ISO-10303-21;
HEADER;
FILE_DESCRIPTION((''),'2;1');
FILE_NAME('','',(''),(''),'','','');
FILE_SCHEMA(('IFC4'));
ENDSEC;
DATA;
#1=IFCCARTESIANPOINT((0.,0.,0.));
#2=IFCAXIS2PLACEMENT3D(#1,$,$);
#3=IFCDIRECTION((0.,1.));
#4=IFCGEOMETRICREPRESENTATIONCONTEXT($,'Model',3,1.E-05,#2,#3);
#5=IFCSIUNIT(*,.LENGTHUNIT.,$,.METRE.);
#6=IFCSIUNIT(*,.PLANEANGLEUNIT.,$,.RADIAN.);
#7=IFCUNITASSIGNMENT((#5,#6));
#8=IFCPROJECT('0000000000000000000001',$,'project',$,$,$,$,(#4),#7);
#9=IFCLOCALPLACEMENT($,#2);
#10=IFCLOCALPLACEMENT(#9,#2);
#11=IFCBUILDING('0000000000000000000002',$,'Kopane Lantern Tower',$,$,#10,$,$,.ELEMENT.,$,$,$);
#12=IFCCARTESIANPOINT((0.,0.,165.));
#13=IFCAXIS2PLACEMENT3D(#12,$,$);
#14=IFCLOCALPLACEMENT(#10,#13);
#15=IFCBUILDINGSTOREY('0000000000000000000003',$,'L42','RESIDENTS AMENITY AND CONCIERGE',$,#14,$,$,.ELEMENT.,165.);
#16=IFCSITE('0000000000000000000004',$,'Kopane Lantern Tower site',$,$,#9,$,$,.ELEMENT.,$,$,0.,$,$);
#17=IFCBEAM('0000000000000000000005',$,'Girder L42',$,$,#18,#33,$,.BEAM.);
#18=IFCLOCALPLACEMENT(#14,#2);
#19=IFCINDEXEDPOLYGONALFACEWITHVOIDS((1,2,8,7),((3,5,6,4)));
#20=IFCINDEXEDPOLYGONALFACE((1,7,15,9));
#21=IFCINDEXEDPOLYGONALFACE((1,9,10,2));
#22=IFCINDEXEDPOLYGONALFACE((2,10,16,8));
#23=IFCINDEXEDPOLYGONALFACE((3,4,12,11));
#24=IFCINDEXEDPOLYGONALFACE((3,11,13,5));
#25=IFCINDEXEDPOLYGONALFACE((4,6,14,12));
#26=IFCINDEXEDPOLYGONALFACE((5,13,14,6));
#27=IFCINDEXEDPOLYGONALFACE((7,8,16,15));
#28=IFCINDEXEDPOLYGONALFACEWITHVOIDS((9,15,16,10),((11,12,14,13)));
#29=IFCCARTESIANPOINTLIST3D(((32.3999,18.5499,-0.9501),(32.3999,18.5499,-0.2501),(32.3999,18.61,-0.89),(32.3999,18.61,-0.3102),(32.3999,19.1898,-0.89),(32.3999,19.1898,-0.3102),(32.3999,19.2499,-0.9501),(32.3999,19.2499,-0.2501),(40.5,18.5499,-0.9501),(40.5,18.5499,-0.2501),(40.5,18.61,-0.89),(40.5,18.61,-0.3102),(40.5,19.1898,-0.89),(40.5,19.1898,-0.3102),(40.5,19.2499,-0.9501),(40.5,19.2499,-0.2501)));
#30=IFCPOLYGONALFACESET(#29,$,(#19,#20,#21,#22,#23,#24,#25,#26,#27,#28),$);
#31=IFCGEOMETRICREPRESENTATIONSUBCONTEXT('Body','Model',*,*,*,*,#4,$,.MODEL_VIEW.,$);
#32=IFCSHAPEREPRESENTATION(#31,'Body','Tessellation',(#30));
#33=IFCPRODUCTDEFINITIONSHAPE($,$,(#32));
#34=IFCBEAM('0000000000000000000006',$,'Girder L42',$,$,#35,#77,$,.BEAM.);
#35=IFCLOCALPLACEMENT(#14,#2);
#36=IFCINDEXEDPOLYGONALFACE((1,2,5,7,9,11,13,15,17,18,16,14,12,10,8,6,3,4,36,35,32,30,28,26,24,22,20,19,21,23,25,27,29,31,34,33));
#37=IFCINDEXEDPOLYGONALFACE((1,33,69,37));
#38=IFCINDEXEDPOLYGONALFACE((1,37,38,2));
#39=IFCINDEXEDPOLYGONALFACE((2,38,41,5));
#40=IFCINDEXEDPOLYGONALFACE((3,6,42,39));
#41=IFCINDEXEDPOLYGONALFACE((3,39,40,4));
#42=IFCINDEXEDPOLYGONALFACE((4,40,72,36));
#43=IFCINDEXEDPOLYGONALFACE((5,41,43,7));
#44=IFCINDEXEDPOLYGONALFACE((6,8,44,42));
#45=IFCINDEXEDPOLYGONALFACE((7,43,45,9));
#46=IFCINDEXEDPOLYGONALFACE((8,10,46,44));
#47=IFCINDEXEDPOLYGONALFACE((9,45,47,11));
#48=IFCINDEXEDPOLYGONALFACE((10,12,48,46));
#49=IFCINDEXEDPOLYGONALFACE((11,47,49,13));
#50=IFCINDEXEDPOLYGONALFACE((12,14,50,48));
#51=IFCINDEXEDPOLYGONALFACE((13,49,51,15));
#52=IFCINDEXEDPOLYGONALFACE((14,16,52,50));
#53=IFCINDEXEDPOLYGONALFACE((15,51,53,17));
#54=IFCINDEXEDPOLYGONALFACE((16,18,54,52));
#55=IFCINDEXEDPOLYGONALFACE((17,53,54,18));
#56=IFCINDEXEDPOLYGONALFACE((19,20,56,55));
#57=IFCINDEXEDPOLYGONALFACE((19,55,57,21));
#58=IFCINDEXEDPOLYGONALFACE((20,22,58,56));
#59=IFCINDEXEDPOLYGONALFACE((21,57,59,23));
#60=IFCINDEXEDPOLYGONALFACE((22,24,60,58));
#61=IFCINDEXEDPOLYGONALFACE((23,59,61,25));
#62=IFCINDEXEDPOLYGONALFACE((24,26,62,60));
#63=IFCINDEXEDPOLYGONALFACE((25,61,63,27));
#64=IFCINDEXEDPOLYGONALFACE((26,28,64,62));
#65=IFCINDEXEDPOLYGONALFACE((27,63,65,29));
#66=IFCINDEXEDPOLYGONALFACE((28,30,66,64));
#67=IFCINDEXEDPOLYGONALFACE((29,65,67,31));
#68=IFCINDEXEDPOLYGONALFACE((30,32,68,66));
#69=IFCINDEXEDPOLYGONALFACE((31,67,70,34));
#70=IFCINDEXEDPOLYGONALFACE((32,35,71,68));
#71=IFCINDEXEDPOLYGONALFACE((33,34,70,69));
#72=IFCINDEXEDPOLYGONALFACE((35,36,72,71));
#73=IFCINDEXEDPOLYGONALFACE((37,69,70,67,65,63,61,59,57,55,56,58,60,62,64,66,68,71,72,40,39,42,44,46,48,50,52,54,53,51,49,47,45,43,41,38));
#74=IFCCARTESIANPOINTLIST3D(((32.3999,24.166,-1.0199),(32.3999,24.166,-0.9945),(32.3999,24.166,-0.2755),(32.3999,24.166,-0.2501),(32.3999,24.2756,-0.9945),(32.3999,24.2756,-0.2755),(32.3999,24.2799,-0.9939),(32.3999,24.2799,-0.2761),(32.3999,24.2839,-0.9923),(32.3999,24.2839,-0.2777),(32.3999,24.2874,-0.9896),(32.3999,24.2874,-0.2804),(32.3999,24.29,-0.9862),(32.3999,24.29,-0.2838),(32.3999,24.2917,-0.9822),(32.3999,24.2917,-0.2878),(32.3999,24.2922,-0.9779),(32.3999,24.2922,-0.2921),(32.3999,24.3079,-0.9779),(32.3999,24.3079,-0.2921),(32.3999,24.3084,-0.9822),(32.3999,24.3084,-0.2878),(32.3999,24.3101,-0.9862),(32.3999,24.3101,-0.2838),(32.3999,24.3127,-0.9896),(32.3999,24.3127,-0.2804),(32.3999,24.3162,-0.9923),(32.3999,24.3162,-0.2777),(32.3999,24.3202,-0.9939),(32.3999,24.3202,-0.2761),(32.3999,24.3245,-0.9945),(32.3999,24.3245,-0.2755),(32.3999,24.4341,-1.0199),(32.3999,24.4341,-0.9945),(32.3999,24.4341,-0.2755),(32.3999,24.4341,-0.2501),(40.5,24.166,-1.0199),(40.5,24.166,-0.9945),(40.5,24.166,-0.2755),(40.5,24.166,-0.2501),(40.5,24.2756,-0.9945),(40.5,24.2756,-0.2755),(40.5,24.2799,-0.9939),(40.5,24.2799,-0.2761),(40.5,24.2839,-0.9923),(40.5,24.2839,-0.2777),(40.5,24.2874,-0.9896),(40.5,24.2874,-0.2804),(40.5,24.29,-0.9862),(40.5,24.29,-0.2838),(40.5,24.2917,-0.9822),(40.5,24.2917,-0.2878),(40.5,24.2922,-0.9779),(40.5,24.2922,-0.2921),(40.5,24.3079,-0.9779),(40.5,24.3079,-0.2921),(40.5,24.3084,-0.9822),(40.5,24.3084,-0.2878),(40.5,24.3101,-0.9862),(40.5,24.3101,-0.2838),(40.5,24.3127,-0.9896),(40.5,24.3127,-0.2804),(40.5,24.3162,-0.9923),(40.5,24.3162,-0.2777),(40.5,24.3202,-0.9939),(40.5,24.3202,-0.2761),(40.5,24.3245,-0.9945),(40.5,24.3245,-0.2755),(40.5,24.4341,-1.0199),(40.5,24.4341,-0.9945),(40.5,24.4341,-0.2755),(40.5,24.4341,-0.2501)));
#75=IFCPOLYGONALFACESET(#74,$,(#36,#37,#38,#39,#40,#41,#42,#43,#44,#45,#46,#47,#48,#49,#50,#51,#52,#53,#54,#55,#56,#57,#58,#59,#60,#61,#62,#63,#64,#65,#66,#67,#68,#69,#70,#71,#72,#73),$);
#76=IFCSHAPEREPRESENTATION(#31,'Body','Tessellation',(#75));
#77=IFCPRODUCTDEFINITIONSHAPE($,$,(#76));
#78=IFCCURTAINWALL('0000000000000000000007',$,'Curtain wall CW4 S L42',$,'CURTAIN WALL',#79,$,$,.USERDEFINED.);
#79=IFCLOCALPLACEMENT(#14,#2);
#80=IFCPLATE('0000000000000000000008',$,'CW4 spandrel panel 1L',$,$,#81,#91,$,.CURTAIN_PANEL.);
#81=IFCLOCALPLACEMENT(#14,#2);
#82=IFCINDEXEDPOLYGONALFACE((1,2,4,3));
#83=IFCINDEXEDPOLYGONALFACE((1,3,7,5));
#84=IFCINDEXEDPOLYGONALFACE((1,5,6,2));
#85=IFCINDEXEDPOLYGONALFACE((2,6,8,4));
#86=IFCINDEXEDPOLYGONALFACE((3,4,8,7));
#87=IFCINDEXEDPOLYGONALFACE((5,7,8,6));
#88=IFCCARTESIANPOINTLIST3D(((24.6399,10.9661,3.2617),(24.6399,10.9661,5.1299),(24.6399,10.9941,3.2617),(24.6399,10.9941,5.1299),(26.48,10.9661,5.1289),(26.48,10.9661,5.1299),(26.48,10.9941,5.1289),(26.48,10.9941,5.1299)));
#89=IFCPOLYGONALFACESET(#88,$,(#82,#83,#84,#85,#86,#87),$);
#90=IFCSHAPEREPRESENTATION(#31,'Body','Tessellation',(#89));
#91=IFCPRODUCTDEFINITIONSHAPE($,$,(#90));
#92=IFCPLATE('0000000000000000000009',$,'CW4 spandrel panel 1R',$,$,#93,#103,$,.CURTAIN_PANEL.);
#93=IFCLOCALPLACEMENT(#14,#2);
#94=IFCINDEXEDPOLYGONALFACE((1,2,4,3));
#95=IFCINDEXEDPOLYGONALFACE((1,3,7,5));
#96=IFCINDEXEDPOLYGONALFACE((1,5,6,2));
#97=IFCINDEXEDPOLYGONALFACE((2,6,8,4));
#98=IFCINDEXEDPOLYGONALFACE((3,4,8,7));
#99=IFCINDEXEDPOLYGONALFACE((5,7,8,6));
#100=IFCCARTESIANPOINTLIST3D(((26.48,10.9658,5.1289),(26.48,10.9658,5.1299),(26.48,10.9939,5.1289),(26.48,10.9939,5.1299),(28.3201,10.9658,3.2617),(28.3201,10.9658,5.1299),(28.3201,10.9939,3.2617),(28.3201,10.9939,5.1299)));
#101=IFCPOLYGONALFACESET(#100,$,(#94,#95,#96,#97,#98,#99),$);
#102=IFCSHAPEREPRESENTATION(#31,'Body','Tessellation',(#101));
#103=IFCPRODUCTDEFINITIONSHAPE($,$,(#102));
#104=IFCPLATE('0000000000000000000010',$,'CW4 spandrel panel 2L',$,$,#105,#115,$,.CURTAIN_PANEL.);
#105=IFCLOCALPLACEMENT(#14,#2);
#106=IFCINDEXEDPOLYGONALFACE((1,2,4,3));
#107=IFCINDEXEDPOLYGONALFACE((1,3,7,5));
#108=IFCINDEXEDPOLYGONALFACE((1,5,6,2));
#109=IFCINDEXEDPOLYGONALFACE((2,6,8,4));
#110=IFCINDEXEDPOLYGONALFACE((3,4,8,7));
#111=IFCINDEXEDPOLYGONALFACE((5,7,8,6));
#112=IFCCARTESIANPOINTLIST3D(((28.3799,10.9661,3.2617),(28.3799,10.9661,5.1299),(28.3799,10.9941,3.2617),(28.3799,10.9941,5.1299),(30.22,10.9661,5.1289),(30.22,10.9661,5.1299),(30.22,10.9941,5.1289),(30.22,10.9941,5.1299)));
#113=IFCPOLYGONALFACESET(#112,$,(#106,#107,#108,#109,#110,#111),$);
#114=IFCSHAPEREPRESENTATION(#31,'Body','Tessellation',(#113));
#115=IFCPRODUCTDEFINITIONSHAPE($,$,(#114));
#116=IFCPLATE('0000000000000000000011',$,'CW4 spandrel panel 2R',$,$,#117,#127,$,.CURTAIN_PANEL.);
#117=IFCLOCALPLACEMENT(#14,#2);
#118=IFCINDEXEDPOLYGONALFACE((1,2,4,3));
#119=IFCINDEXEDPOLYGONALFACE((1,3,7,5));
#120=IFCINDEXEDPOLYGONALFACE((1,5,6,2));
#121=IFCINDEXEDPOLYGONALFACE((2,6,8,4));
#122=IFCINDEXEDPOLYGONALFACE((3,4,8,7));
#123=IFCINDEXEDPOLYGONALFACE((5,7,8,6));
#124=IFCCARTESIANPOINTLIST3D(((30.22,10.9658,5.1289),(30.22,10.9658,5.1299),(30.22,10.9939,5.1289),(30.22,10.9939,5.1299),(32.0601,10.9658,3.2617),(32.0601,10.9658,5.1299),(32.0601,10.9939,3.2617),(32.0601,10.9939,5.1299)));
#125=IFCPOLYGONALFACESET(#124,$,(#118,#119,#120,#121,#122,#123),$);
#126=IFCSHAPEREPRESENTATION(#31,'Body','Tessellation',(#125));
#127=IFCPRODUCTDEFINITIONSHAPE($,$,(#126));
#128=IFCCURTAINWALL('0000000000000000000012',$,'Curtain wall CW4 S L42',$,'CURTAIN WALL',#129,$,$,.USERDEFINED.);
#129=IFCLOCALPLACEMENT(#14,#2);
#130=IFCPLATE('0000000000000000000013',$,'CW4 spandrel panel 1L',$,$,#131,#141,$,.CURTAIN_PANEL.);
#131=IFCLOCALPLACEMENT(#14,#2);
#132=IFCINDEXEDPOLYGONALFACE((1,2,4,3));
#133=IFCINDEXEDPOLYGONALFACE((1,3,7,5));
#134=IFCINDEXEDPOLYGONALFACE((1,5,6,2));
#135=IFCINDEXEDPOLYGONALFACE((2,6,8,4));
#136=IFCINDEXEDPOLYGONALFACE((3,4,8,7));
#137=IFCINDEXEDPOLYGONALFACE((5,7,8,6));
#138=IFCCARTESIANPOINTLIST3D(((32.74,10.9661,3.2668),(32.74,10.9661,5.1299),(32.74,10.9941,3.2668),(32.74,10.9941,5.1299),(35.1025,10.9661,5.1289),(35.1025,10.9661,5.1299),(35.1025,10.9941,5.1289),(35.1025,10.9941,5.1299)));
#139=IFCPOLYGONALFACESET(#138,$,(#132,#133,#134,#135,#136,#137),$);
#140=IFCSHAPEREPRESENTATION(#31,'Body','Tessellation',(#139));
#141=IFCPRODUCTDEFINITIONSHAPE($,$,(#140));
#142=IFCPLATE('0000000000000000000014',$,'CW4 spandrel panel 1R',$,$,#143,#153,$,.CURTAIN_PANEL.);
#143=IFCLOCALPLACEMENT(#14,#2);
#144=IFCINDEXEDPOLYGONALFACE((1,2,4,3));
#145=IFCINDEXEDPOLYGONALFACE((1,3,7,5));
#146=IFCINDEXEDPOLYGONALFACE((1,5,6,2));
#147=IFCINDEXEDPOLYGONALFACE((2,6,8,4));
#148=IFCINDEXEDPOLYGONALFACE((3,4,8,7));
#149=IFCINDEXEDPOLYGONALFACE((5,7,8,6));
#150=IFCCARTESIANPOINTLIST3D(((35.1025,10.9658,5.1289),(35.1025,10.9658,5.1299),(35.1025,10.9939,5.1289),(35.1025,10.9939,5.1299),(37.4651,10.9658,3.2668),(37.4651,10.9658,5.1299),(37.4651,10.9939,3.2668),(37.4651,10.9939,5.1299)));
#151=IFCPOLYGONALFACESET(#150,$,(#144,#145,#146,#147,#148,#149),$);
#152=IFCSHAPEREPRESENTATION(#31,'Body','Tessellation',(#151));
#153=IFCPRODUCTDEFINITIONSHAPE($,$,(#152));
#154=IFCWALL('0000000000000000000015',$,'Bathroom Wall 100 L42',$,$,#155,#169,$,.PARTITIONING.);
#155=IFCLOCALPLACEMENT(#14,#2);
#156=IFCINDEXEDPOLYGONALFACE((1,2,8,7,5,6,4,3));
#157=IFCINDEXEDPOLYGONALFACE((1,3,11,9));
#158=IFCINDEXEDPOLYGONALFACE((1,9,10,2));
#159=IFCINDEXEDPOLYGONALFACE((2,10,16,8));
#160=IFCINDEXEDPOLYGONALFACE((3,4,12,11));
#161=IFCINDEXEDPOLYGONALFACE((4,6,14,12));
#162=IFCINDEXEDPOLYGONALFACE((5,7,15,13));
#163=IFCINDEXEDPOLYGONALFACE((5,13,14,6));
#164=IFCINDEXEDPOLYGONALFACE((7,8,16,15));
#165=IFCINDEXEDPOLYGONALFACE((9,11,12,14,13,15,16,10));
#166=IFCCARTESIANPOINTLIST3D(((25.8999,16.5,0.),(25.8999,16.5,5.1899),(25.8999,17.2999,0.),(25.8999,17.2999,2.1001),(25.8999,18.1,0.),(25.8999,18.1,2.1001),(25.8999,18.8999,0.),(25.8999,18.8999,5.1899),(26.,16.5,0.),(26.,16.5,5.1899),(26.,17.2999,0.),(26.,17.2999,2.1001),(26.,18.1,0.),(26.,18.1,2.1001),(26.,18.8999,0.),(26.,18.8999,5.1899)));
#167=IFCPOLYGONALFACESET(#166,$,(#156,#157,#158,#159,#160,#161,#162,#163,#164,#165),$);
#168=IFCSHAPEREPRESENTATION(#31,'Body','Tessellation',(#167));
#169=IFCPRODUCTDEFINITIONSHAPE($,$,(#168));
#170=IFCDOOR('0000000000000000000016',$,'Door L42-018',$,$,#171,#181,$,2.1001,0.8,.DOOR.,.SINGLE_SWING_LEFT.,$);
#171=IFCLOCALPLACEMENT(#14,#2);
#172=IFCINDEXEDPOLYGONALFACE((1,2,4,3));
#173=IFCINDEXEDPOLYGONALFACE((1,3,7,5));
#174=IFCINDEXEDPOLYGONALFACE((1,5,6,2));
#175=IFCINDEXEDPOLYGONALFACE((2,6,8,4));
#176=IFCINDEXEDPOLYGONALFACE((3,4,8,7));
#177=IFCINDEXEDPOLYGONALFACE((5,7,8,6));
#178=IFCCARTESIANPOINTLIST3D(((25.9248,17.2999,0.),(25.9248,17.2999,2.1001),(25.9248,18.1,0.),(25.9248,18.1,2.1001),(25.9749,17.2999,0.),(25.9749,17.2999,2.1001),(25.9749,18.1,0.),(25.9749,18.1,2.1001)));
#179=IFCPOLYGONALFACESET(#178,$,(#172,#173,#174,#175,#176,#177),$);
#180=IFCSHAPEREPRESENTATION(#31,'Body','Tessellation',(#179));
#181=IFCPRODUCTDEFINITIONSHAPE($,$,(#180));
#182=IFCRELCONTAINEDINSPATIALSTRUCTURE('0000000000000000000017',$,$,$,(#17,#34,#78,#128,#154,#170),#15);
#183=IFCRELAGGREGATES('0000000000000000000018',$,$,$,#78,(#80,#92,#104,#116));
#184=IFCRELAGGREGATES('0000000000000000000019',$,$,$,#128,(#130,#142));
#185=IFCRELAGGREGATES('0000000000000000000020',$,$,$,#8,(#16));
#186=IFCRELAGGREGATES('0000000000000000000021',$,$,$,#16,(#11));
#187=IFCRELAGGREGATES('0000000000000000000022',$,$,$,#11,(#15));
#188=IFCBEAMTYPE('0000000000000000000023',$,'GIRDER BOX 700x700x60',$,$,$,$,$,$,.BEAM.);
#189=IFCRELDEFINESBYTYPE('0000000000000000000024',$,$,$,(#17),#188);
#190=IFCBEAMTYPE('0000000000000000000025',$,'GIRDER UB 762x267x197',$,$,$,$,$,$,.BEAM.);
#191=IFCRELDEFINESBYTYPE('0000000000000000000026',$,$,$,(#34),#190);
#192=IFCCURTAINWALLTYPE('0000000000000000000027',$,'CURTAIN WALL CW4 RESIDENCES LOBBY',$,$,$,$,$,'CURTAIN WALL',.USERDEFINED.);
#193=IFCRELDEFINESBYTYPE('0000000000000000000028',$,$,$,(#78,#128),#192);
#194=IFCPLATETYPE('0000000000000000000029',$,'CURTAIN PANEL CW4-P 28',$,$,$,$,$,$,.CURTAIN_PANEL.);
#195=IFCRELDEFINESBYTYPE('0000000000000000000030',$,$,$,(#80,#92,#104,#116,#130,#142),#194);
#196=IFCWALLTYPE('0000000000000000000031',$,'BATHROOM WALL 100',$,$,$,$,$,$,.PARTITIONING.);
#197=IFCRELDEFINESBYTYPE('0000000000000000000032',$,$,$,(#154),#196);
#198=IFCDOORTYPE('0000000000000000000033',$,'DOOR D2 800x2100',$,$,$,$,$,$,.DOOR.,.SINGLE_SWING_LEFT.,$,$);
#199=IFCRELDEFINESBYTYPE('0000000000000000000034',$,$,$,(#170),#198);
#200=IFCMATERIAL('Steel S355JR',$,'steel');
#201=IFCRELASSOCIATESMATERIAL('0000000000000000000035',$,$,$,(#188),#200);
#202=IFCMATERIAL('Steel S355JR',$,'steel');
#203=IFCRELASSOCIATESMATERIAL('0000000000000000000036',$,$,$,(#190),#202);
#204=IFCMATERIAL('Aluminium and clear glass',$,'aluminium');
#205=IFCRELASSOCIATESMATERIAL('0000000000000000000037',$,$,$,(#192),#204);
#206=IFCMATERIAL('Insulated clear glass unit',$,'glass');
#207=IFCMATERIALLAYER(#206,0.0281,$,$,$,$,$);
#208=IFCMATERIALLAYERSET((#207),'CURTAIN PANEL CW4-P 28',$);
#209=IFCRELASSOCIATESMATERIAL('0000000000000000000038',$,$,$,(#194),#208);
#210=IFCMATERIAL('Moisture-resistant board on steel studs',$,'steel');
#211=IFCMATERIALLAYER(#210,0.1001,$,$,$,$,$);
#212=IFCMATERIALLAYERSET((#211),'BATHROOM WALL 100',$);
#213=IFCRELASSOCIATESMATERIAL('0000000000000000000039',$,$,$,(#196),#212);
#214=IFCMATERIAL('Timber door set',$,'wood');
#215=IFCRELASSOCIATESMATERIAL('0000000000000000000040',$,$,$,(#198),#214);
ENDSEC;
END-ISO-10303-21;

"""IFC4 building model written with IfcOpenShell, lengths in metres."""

from ifc_helpers import new_model, si_unit, direction, frame, frame_2d, origin, origin_2d, place, context, subcontext, project, spatial, polyline, rectangle, hollow_rectangle, i_section, outline, extrude, material, layer, layer_set, material_profile, profile_set, type_object, element, fill, aggregate, save


model = new_model("IFC4")

# Units and contexts
model_context = context("Model", 3, precision=1e-05, world=origin(), true_north=direction((0.0, 1.0)))
body_context = subcontext(model_context, "Body", "Model", "MODEL_VIEW")
ifc_project = project(units=[si_unit("LENGTHUNIT", "METRE"), si_unit("PLANEANGLEUNIT", "RADIAN")], contexts=[model_context])

# Site, building, storey
site_placement = place(None, origin())
site = spatial("IfcSite", under=ifc_project, at=site_placement, Name="Kopane Lantern Tower site", CompositionType="ELEMENT", RefElevation=0.0)
building_placement = place(site_placement, origin())
building = spatial("IfcBuilding", under=site, at=building_placement, Name="Kopane Lantern Tower", CompositionType="ELEMENT")
storey_placement = place(building_placement, frame((0.0, 0.0, 165.0)))
storey = spatial("IfcBuildingStorey", under=building, at=storey_placement, Name="L42", Description="RESIDENTS AMENITY AND CONCIERGE", CompositionType="ELEMENT", Elevation=165.0)

# Beams
ifc_material_1 = material(Name="Steel S355JR", Category="steel")
ifc_material_profile_1 = material_profile(ifc_material_1, hollow_rectangle(XDim=0.7, YDim=0.7, WallThickness=0.0601, at=origin_2d()), Name="BOX 700x700x60")
ifc_profile_set_1 = profile_set([ifc_material_profile_1], Name="Steel S355JR")
beam_type_1 = type_object("IfcBeamType", Name="GIRDER BOX 700x700x60", PredefinedType="BEAM", material=ifc_profile_set_1)
beam_1_placement = place(storey_placement, frame((32.3999, 18.8999, -0.6001), z_axis=(1.0, 0.0, 0.0), x_axis=(0.0, 1.0, 0.0)))
element("IfcBeam", 1, at=beam_1_placement, inside=storey, type_object=beam_type_1, Name="Girder L42", PredefinedType="BEAM", context=body_context, shape_type="SweptSolid", body=[
    extrude(hollow_rectangle(XDim=0.7, YDim=0.7, WallThickness=0.0601, at=origin_2d()), origin(), (0.0, 0.0, 1.0), 8.1001),
])
ifc_material_2 = material(Name="Steel S355JR", Category="steel")
ifc_material_profile_2 = material_profile(ifc_material_2, i_section(OverallWidth=0.2681, OverallDepth=0.7698, WebThickness=0.0156, FlangeThickness=0.0254, FilletRadius=0.0166, at=origin_2d()), Name="UB 762x267x197")
ifc_profile_set_2 = profile_set([ifc_material_profile_2], Name="Steel S355JR")
beam_type_2 = type_object("IfcBeamType", Name="GIRDER UB 762x267x197", PredefinedType="BEAM", material=ifc_profile_set_2)
beam_2_placement = place(storey_placement, frame((32.3999, 24.3, -0.635), z_axis=(1.0, 0.0, 0.0), x_axis=(0.0, 1.0, 0.0)))
element("IfcBeam", 2, at=beam_2_placement, inside=storey, type_object=beam_type_2, Name="Girder L42", PredefinedType="BEAM", context=body_context, shape_type="SweptSolid", body=[
    extrude(i_section(OverallWidth=0.2681, OverallDepth=0.7698, WebThickness=0.0156, FlangeThickness=0.0254, FilletRadius=0.0166, at=origin_2d()), origin(), (0.0, 0.0, 1.0), 8.1001),
])

# Curtain walls, plates
ifc_material_3 = material(Name="Aluminium and clear glass", Category="aluminium")
curtain_wall_type = type_object("IfcCurtainWallType", Name="CURTAIN WALL CW4 RESIDENCES LOBBY", ElementType="CURTAIN WALL", PredefinedType="USERDEFINED", material=ifc_material_3)
curtain_wall_1_placement = place(storey_placement, origin())
curtain_wall_1 = element("IfcCurtainWall", 3, at=curtain_wall_1_placement, inside=storey, type_object=curtain_wall_type, Name="Curtain wall CW4 S L42", ObjectType="CURTAIN WALL", PredefinedType="USERDEFINED")
ifc_material_4 = material(Name="Insulated clear glass unit", Category="glass")
ifc_layer_1 = layer(ifc_material_4, 0.0281)
ifc_layer_set_1 = layer_set([ifc_layer_1], Name="CURTAIN PANEL CW4-P 28")
plate_type = type_object("IfcPlateType", Name="CURTAIN PANEL CW4-P 28", PredefinedType="CURTAIN_PANEL", material=ifc_layer_set_1)
plate_1_placement = place(storey_placement, frame((24.6399, 10.98, 5.1299), z_axis=(0.0, 0.0, 1.0), x_axis=(1.0, 0.0, 0.0)))
plate_1 = element("IfcPlate", 4, at=plate_1_placement, type_object=plate_type, Name="CW4 spandrel panel 1L", PredefinedType="CURTAIN_PANEL", context=body_context, shape_type="SweptSolid", body=[
    extrude(outline(polyline([(0.0, 0.0), (1.8401, 0.0), (1.8401, -0.001), (0.0, -1.8682), (0.0, 0.0)])), frame((0.0, 0.0142, 0.0), z_axis=(0.0, -1.0, 0.0), x_axis=(1.0, 0.0, 0.0)), (0.0, 0.0, 1.0), 0.0281),
])
plate_2_placement = place(storey_placement, frame((28.3201, 10.98, 5.1299), z_axis=(0.0, 0.0, 1.0), x_axis=(-1.0, 0.0, 0.0)))
plate_2 = element("IfcPlate", 5, at=plate_2_placement, type_object=plate_type, Name="CW4 spandrel panel 1R", PredefinedType="CURTAIN_PANEL", context=body_context, shape_type="SweptSolid", body=[
    extrude(outline(polyline([(0.0, 0.0), (1.8401, 0.0), (1.8401, -0.001), (0.0, -1.8682), (0.0, 0.0)])), frame((0.0, 0.0142, 0.0), z_axis=(0.0, -1.0, 0.0), x_axis=(1.0, 0.0, 0.0)), (0.0, 0.0, 1.0), 0.0281),
])
plate_3_placement = place(storey_placement, frame((28.3799, 10.98, 5.1299), z_axis=(0.0, 0.0, 1.0), x_axis=(1.0, 0.0, 0.0)))
plate_3 = element("IfcPlate", 6, at=plate_3_placement, type_object=plate_type, Name="CW4 spandrel panel 2L", PredefinedType="CURTAIN_PANEL", context=body_context, shape_type="SweptSolid", body=[
    extrude(outline(polyline([(0.0, 0.0), (1.8401, 0.0), (1.8401, -0.001), (0.0, -1.8682), (0.0, 0.0)])), frame((0.0, 0.0142, 0.0), z_axis=(0.0, -1.0, 0.0), x_axis=(1.0, 0.0, 0.0)), (0.0, 0.0, 1.0), 0.0281),
])
plate_4_placement = place(storey_placement, frame((32.0601, 10.98, 5.1299), z_axis=(0.0, 0.0, 1.0), x_axis=(-1.0, 0.0, 0.0)))
plate_4 = element("IfcPlate", 7, at=plate_4_placement, type_object=plate_type, Name="CW4 spandrel panel 2R", PredefinedType="CURTAIN_PANEL", context=body_context, shape_type="SweptSolid", body=[
    extrude(outline(polyline([(0.0, 0.0), (1.8401, 0.0), (1.8401, -0.001), (0.0, -1.8682), (0.0, 0.0)])), frame((0.0, 0.0142, 0.0), z_axis=(0.0, -1.0, 0.0), x_axis=(1.0, 0.0, 0.0)), (0.0, 0.0, 1.0), 0.0281),
])
aggregate(curtain_wall_1, [plate_1, plate_2, plate_3, plate_4])
curtain_wall_2_placement = place(storey_placement, origin())
curtain_wall_2 = element("IfcCurtainWall", 8, at=curtain_wall_2_placement, inside=storey, type_object=curtain_wall_type, Name="Curtain wall CW4 S L42", ObjectType="CURTAIN WALL", PredefinedType="USERDEFINED")
plate_5_placement = place(storey_placement, frame((32.74, 10.98, 5.1299), z_axis=(0.0, 0.0, 1.0), x_axis=(1.0, 0.0, 0.0)))
plate_5 = element("IfcPlate", 9, at=plate_5_placement, type_object=plate_type, Name="CW4 spandrel panel 1L", PredefinedType="CURTAIN_PANEL", context=body_context, shape_type="SweptSolid", body=[
    extrude(outline(polyline([(0.0, 0.0), (2.3625, 0.0), (2.3625, -0.001), (0.0, -1.863), (0.0, 0.0)])), frame((0.0, 0.0142, 0.0), z_axis=(0.0, -1.0, 0.0), x_axis=(1.0, 0.0, 0.0)), (0.0, 0.0, 1.0), 0.0281),
])
plate_6_placement = place(storey_placement, frame((37.4651, 10.98, 5.1299), z_axis=(0.0, 0.0, 1.0), x_axis=(-1.0, 0.0, 0.0)))
plate_6 = element("IfcPlate", 10, at=plate_6_placement, type_object=plate_type, Name="CW4 spandrel panel 1R", PredefinedType="CURTAIN_PANEL", context=body_context, shape_type="SweptSolid", body=[
    extrude(outline(polyline([(0.0, 0.0), (2.3625, 0.0), (2.3625, -0.001), (0.0, -1.863), (0.0, 0.0)])), frame((0.0, 0.0142, 0.0), z_axis=(0.0, -1.0, 0.0), x_axis=(1.0, 0.0, 0.0)), (0.0, 0.0, 1.0), 0.0281),
])
aggregate(curtain_wall_2, [plate_5, plate_6])

# Wall, opening, door
ifc_material_5 = material(Name="Moisture-resistant board on steel studs", Category="steel")
ifc_layer_2 = layer(ifc_material_5, 0.1001)
ifc_layer_set_2 = layer_set([ifc_layer_2], Name="BATHROOM WALL 100")
wall_type_1 = type_object("IfcWallType", Name="BATHROOM WALL 100", PredefinedType="PARTITIONING", material=ifc_layer_set_2)
wall_1_placement = place(storey_placement, frame((25.95, 18.8999, 0.0), z_axis=(0.0, 0.0, 1.0), x_axis=(0.0, -1.0, 0.0)))
wall_1 = element("IfcWall", 11, at=wall_1_placement, inside=storey, type_object=wall_type_1, Name="Bathroom Wall 100 L42", PredefinedType="PARTITIONING", context=body_context, shape_type="SweptSolid", body=[
    extrude(rectangle(XDim=2.3999, YDim=0.1001, at=frame_2d((1.2, 0.0))), origin(), (0.0, 0.0, 1.0), 5.1899),
])
opening_1_placement = place(wall_1_placement, frame((0.8, 0.0, 0.0)))
opening_1 = element("IfcOpeningElement", 12, at=opening_1_placement, cuts=wall_1, PredefinedType="OPENING", context=body_context, shape_type="SweptSolid", body=[
    extrude(rectangle(XDim=0.8, YDim=2.1001, at=frame_2d((0.3999, 1.05))), frame((0.0, 0.0601, 0.0), z_axis=(0.0, -1.0, 0.0), x_axis=(1.0, 0.0, 0.0)), (0.0, 0.0, 1.0), 0.1201),
])
ifc_material_6 = material(Name="Timber door set", Category="wood")
door_type_1 = type_object("IfcDoorType", Name="DOOR D2 800x2100", OperationType="SINGLE_SWING_LEFT", PredefinedType="DOOR", material=ifc_material_6)
door_1_placement = place(opening_1_placement, origin())
door_1 = element("IfcDoor", 13, at=door_1_placement, inside=storey, type_object=door_type_1, Name="Door L42-018", OperationType="SINGLE_SWING_LEFT", OverallHeight=2.1001, OverallWidth=0.8, PredefinedType="DOOR", context=body_context, shape_type="SweptSolid", body=[
    extrude(rectangle(XDim=0.8, YDim=2.1001, at=frame_2d((0.3999, 1.05))), frame((0.0, 0.0249, 0.0), z_axis=(0.0, -1.0, 0.0), x_axis=(1.0, 0.0, 0.0)), (0.0, 0.0, 1.0), 0.05),
])
fill(opening_1, door_1)

save(model, "model.ifc")
